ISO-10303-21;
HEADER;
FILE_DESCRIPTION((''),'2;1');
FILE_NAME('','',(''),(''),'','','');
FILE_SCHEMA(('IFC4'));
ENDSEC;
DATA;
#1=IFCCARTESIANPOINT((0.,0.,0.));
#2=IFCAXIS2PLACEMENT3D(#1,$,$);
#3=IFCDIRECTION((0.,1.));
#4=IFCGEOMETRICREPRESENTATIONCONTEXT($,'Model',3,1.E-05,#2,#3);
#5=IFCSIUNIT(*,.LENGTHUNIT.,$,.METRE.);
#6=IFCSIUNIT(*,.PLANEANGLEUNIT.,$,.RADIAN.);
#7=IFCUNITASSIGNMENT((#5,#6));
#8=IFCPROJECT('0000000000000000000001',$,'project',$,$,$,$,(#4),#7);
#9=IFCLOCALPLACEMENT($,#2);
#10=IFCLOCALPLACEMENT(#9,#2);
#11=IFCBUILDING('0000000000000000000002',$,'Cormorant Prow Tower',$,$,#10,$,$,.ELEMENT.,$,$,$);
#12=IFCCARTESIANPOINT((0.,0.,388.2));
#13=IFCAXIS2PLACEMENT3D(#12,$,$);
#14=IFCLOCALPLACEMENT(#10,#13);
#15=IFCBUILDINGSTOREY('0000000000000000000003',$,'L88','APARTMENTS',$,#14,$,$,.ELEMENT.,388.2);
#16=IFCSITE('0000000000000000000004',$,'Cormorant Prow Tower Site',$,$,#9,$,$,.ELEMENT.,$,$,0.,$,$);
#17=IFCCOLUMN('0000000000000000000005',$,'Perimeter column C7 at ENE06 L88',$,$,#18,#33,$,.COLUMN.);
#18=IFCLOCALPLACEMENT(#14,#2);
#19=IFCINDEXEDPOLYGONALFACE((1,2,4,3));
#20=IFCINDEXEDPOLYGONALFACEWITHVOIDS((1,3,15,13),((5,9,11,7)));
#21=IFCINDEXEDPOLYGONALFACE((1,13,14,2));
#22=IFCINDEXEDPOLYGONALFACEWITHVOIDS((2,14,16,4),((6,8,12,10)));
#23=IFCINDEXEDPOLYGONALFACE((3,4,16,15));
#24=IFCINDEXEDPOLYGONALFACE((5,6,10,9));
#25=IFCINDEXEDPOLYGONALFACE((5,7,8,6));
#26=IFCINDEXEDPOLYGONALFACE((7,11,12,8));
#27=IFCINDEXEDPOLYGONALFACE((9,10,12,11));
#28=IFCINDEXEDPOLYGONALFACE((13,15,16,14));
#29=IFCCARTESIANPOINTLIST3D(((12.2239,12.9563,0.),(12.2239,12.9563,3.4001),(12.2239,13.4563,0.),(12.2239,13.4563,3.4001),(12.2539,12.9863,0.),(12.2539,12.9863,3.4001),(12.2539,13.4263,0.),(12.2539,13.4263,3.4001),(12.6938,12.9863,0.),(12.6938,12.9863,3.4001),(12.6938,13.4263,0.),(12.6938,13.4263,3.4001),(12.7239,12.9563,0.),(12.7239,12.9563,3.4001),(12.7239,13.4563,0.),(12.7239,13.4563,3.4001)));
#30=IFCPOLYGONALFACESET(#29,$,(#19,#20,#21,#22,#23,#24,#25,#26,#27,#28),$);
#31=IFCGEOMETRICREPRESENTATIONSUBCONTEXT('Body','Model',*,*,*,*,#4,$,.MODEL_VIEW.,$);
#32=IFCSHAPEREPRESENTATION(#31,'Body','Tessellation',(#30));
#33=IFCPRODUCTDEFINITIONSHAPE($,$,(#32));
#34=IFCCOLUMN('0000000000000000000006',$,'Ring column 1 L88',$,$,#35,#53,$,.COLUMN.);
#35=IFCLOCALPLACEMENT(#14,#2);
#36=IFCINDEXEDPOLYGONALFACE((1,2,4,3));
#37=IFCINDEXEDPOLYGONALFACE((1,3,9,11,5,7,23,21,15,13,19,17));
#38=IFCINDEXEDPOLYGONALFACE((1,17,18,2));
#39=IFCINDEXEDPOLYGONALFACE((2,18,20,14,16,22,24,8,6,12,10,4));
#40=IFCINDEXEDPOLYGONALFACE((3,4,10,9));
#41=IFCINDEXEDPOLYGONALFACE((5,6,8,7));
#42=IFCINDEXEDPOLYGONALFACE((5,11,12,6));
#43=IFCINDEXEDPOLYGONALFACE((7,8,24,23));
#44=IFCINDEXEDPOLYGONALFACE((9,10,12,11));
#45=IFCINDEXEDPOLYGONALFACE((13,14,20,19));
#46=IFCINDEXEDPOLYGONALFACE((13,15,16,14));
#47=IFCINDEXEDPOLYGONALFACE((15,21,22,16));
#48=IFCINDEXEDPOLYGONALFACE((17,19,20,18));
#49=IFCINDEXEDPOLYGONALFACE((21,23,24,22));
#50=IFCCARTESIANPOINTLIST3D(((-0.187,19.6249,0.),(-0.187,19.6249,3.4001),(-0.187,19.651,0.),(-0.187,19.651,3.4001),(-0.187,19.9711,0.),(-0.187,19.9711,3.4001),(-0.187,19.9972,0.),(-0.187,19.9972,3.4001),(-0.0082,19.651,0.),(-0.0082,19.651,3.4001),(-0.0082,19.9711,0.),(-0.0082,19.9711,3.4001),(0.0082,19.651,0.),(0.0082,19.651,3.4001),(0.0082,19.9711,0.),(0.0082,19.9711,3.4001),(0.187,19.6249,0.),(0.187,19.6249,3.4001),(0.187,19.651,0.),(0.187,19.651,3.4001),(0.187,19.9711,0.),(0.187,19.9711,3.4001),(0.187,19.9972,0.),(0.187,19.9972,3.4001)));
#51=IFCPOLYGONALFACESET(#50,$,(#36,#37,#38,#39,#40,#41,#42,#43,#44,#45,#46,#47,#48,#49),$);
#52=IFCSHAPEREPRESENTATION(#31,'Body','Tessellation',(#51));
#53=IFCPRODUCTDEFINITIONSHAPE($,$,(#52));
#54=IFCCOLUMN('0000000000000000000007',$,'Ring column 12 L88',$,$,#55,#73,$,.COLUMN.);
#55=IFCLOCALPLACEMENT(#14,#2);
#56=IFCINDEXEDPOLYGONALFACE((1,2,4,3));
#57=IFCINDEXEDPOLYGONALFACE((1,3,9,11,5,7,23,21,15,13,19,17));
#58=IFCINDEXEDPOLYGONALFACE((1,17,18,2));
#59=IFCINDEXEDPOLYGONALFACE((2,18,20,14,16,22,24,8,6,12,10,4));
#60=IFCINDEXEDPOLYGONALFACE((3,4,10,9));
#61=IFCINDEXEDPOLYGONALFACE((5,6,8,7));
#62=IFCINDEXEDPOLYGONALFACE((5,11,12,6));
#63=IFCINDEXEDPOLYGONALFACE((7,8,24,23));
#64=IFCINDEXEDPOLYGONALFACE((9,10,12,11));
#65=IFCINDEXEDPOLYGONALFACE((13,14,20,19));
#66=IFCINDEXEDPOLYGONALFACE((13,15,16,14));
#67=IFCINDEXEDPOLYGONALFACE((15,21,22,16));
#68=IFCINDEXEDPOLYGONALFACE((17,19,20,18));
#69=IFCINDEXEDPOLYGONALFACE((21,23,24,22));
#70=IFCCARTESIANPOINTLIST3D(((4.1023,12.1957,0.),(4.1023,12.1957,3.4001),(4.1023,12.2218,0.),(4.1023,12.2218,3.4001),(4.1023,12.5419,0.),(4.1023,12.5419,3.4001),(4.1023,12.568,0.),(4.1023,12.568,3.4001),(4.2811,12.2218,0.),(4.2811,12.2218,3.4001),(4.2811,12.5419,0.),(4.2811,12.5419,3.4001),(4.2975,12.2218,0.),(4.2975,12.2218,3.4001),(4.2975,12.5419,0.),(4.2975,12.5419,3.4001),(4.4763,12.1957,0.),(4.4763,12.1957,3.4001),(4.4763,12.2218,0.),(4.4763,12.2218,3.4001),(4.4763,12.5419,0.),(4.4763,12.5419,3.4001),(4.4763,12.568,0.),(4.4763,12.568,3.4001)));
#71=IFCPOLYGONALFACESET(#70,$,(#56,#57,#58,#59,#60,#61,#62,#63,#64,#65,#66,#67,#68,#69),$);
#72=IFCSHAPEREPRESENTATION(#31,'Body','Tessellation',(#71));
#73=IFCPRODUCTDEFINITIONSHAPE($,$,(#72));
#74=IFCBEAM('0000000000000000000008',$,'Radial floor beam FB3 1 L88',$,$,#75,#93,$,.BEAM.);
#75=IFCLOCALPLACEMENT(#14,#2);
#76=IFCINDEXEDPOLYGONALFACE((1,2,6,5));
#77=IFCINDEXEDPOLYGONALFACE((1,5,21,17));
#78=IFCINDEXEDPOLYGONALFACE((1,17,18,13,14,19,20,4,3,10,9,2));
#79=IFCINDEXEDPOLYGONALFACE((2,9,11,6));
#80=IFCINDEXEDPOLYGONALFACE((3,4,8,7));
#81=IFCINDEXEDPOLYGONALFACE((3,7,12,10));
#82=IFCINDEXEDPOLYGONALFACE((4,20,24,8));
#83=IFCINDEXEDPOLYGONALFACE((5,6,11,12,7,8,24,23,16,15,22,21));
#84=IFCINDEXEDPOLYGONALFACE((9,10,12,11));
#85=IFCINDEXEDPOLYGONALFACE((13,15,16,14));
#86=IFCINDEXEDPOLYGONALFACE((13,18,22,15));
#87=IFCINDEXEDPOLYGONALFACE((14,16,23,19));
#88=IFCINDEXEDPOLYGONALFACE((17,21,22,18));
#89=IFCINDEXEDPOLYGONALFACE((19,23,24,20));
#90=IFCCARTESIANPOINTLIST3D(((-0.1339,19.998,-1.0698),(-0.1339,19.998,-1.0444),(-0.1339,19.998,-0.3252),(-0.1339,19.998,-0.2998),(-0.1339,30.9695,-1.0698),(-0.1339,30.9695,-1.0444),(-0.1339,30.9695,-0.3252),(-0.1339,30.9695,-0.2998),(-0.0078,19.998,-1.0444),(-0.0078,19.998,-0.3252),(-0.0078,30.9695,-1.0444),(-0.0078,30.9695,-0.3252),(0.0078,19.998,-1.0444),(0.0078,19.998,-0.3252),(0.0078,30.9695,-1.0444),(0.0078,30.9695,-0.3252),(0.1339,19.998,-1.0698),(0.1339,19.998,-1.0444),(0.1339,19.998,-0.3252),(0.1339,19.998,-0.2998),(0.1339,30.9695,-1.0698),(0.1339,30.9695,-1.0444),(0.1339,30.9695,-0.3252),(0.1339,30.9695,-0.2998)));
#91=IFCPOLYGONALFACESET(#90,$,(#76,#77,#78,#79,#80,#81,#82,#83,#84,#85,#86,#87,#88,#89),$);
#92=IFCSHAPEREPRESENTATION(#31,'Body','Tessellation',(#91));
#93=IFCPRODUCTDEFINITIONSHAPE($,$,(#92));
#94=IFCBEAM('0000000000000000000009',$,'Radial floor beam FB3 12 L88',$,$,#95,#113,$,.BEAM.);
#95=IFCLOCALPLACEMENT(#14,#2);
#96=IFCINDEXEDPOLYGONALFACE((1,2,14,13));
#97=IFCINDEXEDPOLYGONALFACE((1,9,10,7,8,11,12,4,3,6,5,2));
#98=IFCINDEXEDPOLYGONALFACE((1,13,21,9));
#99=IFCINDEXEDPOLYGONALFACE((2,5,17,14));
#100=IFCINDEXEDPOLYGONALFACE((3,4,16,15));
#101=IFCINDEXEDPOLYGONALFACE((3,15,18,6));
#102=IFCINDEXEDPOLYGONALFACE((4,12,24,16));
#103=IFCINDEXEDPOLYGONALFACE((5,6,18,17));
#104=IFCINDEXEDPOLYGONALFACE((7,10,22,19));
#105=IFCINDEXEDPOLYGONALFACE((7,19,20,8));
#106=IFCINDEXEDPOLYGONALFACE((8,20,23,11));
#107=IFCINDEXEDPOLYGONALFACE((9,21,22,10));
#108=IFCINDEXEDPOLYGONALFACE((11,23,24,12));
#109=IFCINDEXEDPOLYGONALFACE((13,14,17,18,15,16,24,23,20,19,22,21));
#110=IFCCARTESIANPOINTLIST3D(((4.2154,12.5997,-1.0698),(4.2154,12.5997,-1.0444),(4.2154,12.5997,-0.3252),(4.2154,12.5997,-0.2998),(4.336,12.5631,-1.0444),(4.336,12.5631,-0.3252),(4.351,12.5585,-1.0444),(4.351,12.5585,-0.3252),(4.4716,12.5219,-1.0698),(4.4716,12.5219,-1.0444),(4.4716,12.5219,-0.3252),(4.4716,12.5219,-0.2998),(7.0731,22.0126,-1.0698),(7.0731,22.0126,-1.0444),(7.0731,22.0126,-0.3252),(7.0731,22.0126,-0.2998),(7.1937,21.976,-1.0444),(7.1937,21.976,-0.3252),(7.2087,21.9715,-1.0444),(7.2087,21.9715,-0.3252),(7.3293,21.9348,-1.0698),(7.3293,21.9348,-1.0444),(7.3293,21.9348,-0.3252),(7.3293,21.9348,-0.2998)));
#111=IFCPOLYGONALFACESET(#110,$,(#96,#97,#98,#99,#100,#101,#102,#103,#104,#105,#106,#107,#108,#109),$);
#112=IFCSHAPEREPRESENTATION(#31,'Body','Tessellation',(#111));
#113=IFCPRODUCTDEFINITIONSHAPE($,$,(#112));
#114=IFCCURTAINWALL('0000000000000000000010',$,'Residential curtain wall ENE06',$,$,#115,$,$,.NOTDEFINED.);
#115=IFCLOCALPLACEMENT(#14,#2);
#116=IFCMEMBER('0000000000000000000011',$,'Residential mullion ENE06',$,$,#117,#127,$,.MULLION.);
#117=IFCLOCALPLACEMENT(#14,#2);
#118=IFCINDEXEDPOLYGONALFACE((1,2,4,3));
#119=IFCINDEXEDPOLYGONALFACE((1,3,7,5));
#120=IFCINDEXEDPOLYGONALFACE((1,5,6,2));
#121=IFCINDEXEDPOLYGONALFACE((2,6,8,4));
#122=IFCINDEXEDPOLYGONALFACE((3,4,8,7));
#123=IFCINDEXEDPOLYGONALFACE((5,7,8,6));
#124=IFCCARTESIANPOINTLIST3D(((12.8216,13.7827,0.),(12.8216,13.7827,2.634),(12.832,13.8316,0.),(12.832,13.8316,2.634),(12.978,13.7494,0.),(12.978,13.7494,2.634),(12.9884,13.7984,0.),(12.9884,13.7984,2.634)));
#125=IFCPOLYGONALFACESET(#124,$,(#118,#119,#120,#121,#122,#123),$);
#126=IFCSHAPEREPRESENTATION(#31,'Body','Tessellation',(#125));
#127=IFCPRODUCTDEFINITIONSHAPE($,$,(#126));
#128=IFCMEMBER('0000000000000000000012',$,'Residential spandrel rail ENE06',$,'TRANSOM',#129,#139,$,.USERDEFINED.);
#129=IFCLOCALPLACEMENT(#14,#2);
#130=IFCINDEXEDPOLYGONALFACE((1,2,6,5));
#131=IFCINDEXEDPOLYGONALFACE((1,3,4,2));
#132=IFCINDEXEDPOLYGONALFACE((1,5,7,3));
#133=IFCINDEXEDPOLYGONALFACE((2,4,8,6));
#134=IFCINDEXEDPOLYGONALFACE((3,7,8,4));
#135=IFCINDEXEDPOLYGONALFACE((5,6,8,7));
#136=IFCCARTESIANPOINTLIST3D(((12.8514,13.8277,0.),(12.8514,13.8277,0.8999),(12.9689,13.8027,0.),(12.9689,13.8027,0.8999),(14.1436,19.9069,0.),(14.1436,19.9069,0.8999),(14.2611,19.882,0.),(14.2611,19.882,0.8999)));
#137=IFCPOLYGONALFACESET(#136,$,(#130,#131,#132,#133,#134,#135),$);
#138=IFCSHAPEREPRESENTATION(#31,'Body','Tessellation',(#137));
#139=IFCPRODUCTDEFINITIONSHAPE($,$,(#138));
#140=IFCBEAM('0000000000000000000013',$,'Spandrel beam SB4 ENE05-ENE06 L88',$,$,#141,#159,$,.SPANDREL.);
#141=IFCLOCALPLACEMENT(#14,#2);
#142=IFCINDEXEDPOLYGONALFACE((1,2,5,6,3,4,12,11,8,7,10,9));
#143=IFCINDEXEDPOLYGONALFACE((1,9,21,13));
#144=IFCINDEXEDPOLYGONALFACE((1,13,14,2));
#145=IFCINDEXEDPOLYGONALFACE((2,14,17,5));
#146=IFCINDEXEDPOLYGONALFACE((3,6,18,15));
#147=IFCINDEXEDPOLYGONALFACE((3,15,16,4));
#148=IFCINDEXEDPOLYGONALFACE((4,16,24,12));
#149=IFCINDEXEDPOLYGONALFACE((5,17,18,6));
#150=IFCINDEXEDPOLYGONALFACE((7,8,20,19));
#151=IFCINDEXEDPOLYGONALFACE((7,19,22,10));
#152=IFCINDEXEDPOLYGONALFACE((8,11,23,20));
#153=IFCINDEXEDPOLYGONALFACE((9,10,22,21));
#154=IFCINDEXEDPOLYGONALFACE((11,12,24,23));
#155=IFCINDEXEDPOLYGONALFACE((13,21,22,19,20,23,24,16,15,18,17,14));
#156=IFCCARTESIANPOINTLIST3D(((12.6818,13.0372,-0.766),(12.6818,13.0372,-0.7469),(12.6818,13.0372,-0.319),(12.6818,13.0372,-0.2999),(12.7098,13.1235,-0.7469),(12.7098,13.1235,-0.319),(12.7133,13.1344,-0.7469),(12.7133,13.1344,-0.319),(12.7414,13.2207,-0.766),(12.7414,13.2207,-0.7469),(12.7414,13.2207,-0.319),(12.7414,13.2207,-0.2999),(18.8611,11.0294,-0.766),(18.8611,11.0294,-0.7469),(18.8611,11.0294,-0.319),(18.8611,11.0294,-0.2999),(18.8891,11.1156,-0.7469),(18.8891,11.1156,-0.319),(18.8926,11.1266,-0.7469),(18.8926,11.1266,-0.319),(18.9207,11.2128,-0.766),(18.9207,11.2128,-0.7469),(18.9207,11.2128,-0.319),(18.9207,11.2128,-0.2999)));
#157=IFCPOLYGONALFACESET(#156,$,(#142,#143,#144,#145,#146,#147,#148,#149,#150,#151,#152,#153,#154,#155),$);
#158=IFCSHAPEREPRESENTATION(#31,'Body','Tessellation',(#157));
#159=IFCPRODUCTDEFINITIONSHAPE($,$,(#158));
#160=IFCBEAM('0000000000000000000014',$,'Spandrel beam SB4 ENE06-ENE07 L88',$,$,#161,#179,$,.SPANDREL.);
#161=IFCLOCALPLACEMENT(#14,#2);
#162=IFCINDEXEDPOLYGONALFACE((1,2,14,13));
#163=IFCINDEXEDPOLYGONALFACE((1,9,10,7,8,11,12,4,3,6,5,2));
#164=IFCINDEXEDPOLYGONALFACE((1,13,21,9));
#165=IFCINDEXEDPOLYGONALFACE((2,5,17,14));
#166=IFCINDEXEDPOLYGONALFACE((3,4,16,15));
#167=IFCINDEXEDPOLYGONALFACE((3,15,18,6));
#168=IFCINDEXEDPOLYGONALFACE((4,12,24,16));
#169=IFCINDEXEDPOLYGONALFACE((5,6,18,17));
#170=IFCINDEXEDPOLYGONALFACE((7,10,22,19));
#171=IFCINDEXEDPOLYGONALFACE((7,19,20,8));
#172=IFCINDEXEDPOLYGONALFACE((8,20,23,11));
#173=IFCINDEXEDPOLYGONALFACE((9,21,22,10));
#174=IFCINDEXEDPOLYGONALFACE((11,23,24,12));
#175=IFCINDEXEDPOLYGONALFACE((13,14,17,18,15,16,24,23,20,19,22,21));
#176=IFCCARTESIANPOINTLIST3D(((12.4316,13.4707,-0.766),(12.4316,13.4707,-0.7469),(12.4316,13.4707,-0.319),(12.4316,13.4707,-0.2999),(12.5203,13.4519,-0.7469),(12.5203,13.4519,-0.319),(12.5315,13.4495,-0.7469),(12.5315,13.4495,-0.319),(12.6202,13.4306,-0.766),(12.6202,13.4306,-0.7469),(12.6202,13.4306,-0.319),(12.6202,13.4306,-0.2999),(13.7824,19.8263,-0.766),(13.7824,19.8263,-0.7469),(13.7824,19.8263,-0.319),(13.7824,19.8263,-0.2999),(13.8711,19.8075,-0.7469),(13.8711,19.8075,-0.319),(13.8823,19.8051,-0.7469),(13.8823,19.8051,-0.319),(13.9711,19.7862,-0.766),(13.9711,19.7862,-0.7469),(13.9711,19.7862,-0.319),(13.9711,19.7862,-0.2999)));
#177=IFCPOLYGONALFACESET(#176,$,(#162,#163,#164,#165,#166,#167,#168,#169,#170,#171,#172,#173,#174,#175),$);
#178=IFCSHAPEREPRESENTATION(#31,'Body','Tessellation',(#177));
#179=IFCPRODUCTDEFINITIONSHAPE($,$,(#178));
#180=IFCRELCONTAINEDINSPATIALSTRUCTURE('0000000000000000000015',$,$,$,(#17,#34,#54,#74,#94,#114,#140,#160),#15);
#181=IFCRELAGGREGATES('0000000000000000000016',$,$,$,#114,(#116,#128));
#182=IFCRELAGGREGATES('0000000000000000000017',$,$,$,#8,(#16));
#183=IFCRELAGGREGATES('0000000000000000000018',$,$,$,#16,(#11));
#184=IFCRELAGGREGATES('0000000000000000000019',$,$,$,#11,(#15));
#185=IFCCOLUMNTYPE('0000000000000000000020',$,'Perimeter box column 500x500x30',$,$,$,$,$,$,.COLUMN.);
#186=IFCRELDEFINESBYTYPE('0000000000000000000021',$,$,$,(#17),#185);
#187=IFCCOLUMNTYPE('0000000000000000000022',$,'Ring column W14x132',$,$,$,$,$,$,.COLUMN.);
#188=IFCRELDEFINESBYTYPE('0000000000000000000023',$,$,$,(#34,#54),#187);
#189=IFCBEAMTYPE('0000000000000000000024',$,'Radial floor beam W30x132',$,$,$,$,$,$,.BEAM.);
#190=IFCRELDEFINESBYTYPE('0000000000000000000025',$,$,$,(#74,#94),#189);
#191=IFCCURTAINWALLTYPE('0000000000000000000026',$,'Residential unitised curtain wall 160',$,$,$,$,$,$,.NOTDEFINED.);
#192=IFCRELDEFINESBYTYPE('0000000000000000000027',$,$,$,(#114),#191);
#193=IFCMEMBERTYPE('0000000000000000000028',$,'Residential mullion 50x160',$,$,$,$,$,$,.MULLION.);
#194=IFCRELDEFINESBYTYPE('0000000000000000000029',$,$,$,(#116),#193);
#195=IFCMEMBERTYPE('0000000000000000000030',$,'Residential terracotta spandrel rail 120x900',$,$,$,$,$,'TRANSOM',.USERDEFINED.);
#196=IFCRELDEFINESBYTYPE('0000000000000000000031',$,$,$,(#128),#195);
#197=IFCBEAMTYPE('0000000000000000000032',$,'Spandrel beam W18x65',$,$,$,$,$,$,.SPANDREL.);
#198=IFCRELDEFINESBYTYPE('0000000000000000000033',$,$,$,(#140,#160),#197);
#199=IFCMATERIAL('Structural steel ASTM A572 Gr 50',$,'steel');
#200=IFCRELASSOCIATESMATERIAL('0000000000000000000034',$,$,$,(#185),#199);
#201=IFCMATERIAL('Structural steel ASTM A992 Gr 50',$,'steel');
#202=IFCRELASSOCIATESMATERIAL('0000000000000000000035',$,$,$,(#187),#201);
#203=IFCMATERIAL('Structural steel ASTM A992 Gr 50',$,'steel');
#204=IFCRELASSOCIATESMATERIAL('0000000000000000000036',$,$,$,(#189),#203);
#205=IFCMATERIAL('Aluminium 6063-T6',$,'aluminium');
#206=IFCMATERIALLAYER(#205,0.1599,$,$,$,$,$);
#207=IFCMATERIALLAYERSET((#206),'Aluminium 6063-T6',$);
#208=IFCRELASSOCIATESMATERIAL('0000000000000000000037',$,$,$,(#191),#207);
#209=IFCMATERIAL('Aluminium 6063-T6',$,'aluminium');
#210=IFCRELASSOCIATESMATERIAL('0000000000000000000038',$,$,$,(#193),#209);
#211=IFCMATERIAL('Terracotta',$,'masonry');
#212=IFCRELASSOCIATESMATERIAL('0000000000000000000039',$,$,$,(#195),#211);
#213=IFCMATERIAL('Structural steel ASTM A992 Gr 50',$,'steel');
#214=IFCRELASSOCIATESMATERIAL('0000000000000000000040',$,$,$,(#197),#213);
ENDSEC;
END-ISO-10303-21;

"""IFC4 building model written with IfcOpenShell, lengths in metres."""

from ifc_helpers import new_model, si_unit, direction, frame, origin, origin_2d, place, context, subcontext, project, spatial, rectangle, hollow_rectangle, i_section, extrude, material, layer, layer_set, material_profile, profile_set, type_object, element, aggregate, save


model = new_model("IFC4")

# Units and contexts
model_context = context("Model", 3, precision=1e-05, world=origin(), true_north=direction((0.0, 1.0)))
body_context = subcontext(model_context, "Body", "Model", "MODEL_VIEW")
ifc_project = project(units=[si_unit("LENGTHUNIT", "METRE"), si_unit("PLANEANGLEUNIT", "RADIAN")], contexts=[model_context])

# Site, building, storey
site_placement = place(None, origin())
site = spatial("IfcSite", under=ifc_project, at=site_placement, Name="Cormorant Prow Tower Site", CompositionType="ELEMENT", RefElevation=0.0)
building_placement = place(site_placement, origin())
building = spatial("IfcBuilding", under=site, at=building_placement, Name="Cormorant Prow Tower", CompositionType="ELEMENT")
storey_placement = place(building_placement, frame((0.0, 0.0, 388.2)))
storey = spatial("IfcBuildingStorey", under=building, at=storey_placement, Name="L88", Description="APARTMENTS", CompositionType="ELEMENT", Elevation=388.2)

# Columns
ifc_material_1 = material(Name="Structural steel ASTM A572 Gr 50", Category="steel")
ifc_material_profile_1 = material_profile(ifc_material_1, hollow_rectangle(XDim=0.5, YDim=0.5, WallThickness=0.03, at=origin_2d()), Name="Box 500x500x30")
ifc_profile_set_1 = profile_set([ifc_material_profile_1], Name="Structural steel ASTM A572 Gr 50")
column_type_1 = type_object("IfcColumnType", Name="Perimeter box column 500x500x30", PredefinedType="COLUMN", material=ifc_profile_set_1)
column_placement = place(storey_placement, frame((12.4739, 13.2063, 0.0), z_axis=(0.0, 0.0, 1.0), x_axis=(1.0, 0.0, 0.0)))
element("IfcColumn", 1, at=column_placement, inside=storey, type_object=column_type_1, Name="Perimeter column C7 at ENE06 L88", PredefinedType="COLUMN", context=body_context, shape_type="SweptSolid", body=[
    extrude(hollow_rectangle(XDim=0.5, YDim=0.5, WallThickness=0.03, at=origin_2d()), origin(), (0.0, 0.0, 1.0), 3.4001),
])
ifc_material_2 = material(Name="Structural steel ASTM A992 Gr 50", Category="steel")
ifc_material_profile_2 = material_profile(ifc_material_2, i_section(OverallWidth=0.374, OverallDepth=0.3723, WebThickness=0.0164, FlangeThickness=0.0261, at=origin_2d()), Name="W14x132")
ifc_profile_set_2 = profile_set([ifc_material_profile_2], Name="Structural steel ASTM A992 Gr 50")
column_type_2 = type_object("IfcColumnType", Name="Ring column W14x132", PredefinedType="COLUMN", material=ifc_profile_set_2)
for number, where, z_axis, x_axis, name in (
    (2, (0.0, 19.811, 0.0), (0.0, 0.0, 1.0), (1.0, 0.0, 0.0), "Ring column 1 L88"),
    (3, (4.2893, 12.3818, 0.0), (0.0, 0.0, 1.0), (1.0, 0.0, 0.0), "Ring column 12 L88"),
):
    element("IfcColumn", number, at=place(storey_placement, frame(where, z_axis=z_axis, x_axis=x_axis)), inside=storey, type_object=column_type_2, Name=name, PredefinedType="COLUMN", context=body_context, shape_type="SweptSolid", body=[
        extrude(i_section(OverallWidth=0.374, OverallDepth=0.3723, WebThickness=0.0164, FlangeThickness=0.0261, at=origin_2d()), origin(), (0.0, 0.0, 1.0), 3.4001),
    ])

# Beams
ifc_material_3 = material(Name="Structural steel ASTM A992 Gr 50", Category="steel")
ifc_material_profile_3 = material_profile(ifc_material_3, i_section(OverallWidth=0.2678, OverallDepth=0.77, WebThickness=0.0156, FlangeThickness=0.0254, at=origin_2d()), Name="W30x132")
ifc_profile_set_3 = profile_set([ifc_material_profile_3], Name="Structural steel ASTM A992 Gr 50")
beam_type_1 = type_object("IfcBeamType", Name="Radial floor beam W30x132", PredefinedType="BEAM", material=ifc_profile_set_3)
beam_1_placement = place(storey_placement, frame((0.0, 19.998, -0.6848), z_axis=(0.0, 1.0, 0.0), x_axis=(-1.0, 0.0, 0.0)))
element("IfcBeam", 4, at=beam_1_placement, inside=storey, type_object=beam_type_1, Name="Radial floor beam FB3 1 L88", PredefinedType="BEAM", context=body_context, shape_type="SweptSolid", body=[
    extrude(i_section(OverallWidth=0.2678, OverallDepth=0.77, WebThickness=0.0156, FlangeThickness=0.0254, at=origin_2d()), origin(), (0.0, 0.0, 1.0), 10.9714),
])
beam_2_placement = place(storey_placement, frame((4.3435, 12.5608, -0.6848), z_axis=(0.2905, 0.956875, 0.0), x_axis=(-0.956875, 0.2905, 0.0)))
element("IfcBeam", 5, at=beam_2_placement, inside=storey, type_object=beam_type_1, Name="Radial floor beam FB3 12 L88", PredefinedType="BEAM", context=body_context, shape_type="SweptSolid", body=[
    extrude(i_section(OverallWidth=0.2678, OverallDepth=0.77, WebThickness=0.0156, FlangeThickness=0.0254, at=origin_2d()), origin(), (0.0, 0.0, 1.0), 9.8372),
])

# Curtain wall, members
ifc_material_4 = material(Name="Aluminium 6063-T6", Category="aluminium")
ifc_layer_1 = layer(ifc_material_4, 0.1599)
ifc_layer_set_1 = layer_set([ifc_layer_1], Name="Aluminium 6063-T6")
curtain_wall_type = type_object("IfcCurtainWallType", Name="Residential unitised curtain wall 160", PredefinedType="NOTDEFINED", material=ifc_layer_set_1)
curtain_wall_placement = place(storey_placement, origin())
curtain_wall = element("IfcCurtainWall", 6, at=curtain_wall_placement, inside=storey, type_object=curtain_wall_type, Name="Residential curtain wall ENE06", PredefinedType="NOTDEFINED")
ifc_material_5 = material(Name="Aluminium 6063-T6", Category="aluminium")
ifc_material_profile_4 = material_profile(ifc_material_5, rectangle(XDim=0.1599, YDim=0.05, at=origin_2d()), Name="Residential mullion 50x160")
ifc_profile_set_4 = profile_set([ifc_material_profile_4], Name="Aluminium 6063-T6")
member_type_1 = type_object("IfcMemberType", Name="Residential mullion 50x160", PredefinedType="MULLION", material=ifc_profile_set_4)
member_1_placement = place(storey_placement, frame((12.905, 13.7905, 0.0), z_axis=(0.0, 0.0, 1.0), x_axis=(-0.978148, 0.207912, 0.0)))
member_1 = element("IfcMember", 7, at=member_1_placement, type_object=member_type_1, Name="Residential mullion ENE06", PredefinedType="MULLION", context=body_context, shape_type="SweptSolid", body=[
    extrude(rectangle(XDim=0.1599, YDim=0.05, at=origin_2d()), origin(), (0.0, 0.0, 1.0), 2.634),
])
ifc_material_6 = material(Name="Terracotta", Category="masonry")
ifc_material_profile_5 = material_profile(ifc_material_6, rectangle(XDim=0.1201, YDim=0.8999, at=origin_2d()), Name="Residential terracotta spandrel rail 120x900")
ifc_profile_set_5 = profile_set([ifc_material_profile_5], Name="Terracotta")
member_type_2 = type_object("IfcMemberType", Name="Residential terracotta spandrel rail 120x900", ElementType="TRANSOM", PredefinedType="USERDEFINED", material=ifc_profile_set_5)
member_2_placement = place(storey_placement, frame((12.9102, 13.8152, 0.45), z_axis=(0.207917, 0.978147, 0.0), x_axis=(-0.978147, 0.207917, 0.0)))
member_2 = element("IfcMember", 8, at=member_2_placement, type_object=member_type_2, Name="Residential spandrel rail ENE06", ObjectType="TRANSOM", PredefinedType="USERDEFINED", context=body_context, shape_type="SweptSolid", body=[
    extrude(rectangle(XDim=0.1201, YDim=0.8999, at=origin_2d()), origin(), (0.0, 0.0, 1.0), 6.2151),
])

# Beams
ifc_material_7 = material(Name="Structural steel ASTM A992 Gr 50", Category="steel")
ifc_material_profile_6 = material_profile(ifc_material_7, i_section(OverallWidth=0.1929, OverallDepth=0.4661, WebThickness=0.0115, FlangeThickness=0.019, at=origin_2d()), Name="W18x65")
ifc_profile_set_6 = profile_set([ifc_material_profile_6], Name="Structural steel ASTM A992 Gr 50")
beam_type_2 = type_object("IfcBeamType", Name="Spandrel beam W18x65", PredefinedType="SPANDREL", material=ifc_profile_set_6)
beam_3_placement = place(storey_placement, frame((18.8909, 11.1211, -0.533), z_axis=(-0.951053, 0.309027, 0.0), x_axis=(-0.309027, -0.951053, 0.0)))
element("IfcBeam", 9, at=beam_3_placement, inside=storey, type_object=beam_type_2, Name="Spandrel beam SB4 ENE05-ENE06 L88", PredefinedType="SPANDREL", context=body_context, shape_type="SweptSolid", body=[
    extrude(i_section(OverallWidth=0.1929, OverallDepth=0.4661, WebThickness=0.0115, FlangeThickness=0.019, at=origin_2d()), origin(), (0.0, 0.0, 1.0), 6.4973),
])
beam_4_placement = place(storey_placement, frame((12.5259, 13.4507, -0.533), z_axis=(0.207902, 0.97815, 0.0), x_axis=(-0.97815, 0.207902, 0.0)))
element("IfcBeam", 10, at=beam_4_placement, inside=storey, type_object=beam_type_2, Name="Spandrel beam SB4 ENE06-ENE07 L88", PredefinedType="SPANDREL", context=body_context, shape_type="SweptSolid", body=[
    extrude(i_section(OverallWidth=0.1929, OverallDepth=0.4661, WebThickness=0.0115, FlangeThickness=0.019, at=origin_2d()), origin(), (0.0, 0.0, 1.0), 6.4976),
])

aggregate(curtain_wall, [member_1, member_2])

save(model, "model.ifc")
